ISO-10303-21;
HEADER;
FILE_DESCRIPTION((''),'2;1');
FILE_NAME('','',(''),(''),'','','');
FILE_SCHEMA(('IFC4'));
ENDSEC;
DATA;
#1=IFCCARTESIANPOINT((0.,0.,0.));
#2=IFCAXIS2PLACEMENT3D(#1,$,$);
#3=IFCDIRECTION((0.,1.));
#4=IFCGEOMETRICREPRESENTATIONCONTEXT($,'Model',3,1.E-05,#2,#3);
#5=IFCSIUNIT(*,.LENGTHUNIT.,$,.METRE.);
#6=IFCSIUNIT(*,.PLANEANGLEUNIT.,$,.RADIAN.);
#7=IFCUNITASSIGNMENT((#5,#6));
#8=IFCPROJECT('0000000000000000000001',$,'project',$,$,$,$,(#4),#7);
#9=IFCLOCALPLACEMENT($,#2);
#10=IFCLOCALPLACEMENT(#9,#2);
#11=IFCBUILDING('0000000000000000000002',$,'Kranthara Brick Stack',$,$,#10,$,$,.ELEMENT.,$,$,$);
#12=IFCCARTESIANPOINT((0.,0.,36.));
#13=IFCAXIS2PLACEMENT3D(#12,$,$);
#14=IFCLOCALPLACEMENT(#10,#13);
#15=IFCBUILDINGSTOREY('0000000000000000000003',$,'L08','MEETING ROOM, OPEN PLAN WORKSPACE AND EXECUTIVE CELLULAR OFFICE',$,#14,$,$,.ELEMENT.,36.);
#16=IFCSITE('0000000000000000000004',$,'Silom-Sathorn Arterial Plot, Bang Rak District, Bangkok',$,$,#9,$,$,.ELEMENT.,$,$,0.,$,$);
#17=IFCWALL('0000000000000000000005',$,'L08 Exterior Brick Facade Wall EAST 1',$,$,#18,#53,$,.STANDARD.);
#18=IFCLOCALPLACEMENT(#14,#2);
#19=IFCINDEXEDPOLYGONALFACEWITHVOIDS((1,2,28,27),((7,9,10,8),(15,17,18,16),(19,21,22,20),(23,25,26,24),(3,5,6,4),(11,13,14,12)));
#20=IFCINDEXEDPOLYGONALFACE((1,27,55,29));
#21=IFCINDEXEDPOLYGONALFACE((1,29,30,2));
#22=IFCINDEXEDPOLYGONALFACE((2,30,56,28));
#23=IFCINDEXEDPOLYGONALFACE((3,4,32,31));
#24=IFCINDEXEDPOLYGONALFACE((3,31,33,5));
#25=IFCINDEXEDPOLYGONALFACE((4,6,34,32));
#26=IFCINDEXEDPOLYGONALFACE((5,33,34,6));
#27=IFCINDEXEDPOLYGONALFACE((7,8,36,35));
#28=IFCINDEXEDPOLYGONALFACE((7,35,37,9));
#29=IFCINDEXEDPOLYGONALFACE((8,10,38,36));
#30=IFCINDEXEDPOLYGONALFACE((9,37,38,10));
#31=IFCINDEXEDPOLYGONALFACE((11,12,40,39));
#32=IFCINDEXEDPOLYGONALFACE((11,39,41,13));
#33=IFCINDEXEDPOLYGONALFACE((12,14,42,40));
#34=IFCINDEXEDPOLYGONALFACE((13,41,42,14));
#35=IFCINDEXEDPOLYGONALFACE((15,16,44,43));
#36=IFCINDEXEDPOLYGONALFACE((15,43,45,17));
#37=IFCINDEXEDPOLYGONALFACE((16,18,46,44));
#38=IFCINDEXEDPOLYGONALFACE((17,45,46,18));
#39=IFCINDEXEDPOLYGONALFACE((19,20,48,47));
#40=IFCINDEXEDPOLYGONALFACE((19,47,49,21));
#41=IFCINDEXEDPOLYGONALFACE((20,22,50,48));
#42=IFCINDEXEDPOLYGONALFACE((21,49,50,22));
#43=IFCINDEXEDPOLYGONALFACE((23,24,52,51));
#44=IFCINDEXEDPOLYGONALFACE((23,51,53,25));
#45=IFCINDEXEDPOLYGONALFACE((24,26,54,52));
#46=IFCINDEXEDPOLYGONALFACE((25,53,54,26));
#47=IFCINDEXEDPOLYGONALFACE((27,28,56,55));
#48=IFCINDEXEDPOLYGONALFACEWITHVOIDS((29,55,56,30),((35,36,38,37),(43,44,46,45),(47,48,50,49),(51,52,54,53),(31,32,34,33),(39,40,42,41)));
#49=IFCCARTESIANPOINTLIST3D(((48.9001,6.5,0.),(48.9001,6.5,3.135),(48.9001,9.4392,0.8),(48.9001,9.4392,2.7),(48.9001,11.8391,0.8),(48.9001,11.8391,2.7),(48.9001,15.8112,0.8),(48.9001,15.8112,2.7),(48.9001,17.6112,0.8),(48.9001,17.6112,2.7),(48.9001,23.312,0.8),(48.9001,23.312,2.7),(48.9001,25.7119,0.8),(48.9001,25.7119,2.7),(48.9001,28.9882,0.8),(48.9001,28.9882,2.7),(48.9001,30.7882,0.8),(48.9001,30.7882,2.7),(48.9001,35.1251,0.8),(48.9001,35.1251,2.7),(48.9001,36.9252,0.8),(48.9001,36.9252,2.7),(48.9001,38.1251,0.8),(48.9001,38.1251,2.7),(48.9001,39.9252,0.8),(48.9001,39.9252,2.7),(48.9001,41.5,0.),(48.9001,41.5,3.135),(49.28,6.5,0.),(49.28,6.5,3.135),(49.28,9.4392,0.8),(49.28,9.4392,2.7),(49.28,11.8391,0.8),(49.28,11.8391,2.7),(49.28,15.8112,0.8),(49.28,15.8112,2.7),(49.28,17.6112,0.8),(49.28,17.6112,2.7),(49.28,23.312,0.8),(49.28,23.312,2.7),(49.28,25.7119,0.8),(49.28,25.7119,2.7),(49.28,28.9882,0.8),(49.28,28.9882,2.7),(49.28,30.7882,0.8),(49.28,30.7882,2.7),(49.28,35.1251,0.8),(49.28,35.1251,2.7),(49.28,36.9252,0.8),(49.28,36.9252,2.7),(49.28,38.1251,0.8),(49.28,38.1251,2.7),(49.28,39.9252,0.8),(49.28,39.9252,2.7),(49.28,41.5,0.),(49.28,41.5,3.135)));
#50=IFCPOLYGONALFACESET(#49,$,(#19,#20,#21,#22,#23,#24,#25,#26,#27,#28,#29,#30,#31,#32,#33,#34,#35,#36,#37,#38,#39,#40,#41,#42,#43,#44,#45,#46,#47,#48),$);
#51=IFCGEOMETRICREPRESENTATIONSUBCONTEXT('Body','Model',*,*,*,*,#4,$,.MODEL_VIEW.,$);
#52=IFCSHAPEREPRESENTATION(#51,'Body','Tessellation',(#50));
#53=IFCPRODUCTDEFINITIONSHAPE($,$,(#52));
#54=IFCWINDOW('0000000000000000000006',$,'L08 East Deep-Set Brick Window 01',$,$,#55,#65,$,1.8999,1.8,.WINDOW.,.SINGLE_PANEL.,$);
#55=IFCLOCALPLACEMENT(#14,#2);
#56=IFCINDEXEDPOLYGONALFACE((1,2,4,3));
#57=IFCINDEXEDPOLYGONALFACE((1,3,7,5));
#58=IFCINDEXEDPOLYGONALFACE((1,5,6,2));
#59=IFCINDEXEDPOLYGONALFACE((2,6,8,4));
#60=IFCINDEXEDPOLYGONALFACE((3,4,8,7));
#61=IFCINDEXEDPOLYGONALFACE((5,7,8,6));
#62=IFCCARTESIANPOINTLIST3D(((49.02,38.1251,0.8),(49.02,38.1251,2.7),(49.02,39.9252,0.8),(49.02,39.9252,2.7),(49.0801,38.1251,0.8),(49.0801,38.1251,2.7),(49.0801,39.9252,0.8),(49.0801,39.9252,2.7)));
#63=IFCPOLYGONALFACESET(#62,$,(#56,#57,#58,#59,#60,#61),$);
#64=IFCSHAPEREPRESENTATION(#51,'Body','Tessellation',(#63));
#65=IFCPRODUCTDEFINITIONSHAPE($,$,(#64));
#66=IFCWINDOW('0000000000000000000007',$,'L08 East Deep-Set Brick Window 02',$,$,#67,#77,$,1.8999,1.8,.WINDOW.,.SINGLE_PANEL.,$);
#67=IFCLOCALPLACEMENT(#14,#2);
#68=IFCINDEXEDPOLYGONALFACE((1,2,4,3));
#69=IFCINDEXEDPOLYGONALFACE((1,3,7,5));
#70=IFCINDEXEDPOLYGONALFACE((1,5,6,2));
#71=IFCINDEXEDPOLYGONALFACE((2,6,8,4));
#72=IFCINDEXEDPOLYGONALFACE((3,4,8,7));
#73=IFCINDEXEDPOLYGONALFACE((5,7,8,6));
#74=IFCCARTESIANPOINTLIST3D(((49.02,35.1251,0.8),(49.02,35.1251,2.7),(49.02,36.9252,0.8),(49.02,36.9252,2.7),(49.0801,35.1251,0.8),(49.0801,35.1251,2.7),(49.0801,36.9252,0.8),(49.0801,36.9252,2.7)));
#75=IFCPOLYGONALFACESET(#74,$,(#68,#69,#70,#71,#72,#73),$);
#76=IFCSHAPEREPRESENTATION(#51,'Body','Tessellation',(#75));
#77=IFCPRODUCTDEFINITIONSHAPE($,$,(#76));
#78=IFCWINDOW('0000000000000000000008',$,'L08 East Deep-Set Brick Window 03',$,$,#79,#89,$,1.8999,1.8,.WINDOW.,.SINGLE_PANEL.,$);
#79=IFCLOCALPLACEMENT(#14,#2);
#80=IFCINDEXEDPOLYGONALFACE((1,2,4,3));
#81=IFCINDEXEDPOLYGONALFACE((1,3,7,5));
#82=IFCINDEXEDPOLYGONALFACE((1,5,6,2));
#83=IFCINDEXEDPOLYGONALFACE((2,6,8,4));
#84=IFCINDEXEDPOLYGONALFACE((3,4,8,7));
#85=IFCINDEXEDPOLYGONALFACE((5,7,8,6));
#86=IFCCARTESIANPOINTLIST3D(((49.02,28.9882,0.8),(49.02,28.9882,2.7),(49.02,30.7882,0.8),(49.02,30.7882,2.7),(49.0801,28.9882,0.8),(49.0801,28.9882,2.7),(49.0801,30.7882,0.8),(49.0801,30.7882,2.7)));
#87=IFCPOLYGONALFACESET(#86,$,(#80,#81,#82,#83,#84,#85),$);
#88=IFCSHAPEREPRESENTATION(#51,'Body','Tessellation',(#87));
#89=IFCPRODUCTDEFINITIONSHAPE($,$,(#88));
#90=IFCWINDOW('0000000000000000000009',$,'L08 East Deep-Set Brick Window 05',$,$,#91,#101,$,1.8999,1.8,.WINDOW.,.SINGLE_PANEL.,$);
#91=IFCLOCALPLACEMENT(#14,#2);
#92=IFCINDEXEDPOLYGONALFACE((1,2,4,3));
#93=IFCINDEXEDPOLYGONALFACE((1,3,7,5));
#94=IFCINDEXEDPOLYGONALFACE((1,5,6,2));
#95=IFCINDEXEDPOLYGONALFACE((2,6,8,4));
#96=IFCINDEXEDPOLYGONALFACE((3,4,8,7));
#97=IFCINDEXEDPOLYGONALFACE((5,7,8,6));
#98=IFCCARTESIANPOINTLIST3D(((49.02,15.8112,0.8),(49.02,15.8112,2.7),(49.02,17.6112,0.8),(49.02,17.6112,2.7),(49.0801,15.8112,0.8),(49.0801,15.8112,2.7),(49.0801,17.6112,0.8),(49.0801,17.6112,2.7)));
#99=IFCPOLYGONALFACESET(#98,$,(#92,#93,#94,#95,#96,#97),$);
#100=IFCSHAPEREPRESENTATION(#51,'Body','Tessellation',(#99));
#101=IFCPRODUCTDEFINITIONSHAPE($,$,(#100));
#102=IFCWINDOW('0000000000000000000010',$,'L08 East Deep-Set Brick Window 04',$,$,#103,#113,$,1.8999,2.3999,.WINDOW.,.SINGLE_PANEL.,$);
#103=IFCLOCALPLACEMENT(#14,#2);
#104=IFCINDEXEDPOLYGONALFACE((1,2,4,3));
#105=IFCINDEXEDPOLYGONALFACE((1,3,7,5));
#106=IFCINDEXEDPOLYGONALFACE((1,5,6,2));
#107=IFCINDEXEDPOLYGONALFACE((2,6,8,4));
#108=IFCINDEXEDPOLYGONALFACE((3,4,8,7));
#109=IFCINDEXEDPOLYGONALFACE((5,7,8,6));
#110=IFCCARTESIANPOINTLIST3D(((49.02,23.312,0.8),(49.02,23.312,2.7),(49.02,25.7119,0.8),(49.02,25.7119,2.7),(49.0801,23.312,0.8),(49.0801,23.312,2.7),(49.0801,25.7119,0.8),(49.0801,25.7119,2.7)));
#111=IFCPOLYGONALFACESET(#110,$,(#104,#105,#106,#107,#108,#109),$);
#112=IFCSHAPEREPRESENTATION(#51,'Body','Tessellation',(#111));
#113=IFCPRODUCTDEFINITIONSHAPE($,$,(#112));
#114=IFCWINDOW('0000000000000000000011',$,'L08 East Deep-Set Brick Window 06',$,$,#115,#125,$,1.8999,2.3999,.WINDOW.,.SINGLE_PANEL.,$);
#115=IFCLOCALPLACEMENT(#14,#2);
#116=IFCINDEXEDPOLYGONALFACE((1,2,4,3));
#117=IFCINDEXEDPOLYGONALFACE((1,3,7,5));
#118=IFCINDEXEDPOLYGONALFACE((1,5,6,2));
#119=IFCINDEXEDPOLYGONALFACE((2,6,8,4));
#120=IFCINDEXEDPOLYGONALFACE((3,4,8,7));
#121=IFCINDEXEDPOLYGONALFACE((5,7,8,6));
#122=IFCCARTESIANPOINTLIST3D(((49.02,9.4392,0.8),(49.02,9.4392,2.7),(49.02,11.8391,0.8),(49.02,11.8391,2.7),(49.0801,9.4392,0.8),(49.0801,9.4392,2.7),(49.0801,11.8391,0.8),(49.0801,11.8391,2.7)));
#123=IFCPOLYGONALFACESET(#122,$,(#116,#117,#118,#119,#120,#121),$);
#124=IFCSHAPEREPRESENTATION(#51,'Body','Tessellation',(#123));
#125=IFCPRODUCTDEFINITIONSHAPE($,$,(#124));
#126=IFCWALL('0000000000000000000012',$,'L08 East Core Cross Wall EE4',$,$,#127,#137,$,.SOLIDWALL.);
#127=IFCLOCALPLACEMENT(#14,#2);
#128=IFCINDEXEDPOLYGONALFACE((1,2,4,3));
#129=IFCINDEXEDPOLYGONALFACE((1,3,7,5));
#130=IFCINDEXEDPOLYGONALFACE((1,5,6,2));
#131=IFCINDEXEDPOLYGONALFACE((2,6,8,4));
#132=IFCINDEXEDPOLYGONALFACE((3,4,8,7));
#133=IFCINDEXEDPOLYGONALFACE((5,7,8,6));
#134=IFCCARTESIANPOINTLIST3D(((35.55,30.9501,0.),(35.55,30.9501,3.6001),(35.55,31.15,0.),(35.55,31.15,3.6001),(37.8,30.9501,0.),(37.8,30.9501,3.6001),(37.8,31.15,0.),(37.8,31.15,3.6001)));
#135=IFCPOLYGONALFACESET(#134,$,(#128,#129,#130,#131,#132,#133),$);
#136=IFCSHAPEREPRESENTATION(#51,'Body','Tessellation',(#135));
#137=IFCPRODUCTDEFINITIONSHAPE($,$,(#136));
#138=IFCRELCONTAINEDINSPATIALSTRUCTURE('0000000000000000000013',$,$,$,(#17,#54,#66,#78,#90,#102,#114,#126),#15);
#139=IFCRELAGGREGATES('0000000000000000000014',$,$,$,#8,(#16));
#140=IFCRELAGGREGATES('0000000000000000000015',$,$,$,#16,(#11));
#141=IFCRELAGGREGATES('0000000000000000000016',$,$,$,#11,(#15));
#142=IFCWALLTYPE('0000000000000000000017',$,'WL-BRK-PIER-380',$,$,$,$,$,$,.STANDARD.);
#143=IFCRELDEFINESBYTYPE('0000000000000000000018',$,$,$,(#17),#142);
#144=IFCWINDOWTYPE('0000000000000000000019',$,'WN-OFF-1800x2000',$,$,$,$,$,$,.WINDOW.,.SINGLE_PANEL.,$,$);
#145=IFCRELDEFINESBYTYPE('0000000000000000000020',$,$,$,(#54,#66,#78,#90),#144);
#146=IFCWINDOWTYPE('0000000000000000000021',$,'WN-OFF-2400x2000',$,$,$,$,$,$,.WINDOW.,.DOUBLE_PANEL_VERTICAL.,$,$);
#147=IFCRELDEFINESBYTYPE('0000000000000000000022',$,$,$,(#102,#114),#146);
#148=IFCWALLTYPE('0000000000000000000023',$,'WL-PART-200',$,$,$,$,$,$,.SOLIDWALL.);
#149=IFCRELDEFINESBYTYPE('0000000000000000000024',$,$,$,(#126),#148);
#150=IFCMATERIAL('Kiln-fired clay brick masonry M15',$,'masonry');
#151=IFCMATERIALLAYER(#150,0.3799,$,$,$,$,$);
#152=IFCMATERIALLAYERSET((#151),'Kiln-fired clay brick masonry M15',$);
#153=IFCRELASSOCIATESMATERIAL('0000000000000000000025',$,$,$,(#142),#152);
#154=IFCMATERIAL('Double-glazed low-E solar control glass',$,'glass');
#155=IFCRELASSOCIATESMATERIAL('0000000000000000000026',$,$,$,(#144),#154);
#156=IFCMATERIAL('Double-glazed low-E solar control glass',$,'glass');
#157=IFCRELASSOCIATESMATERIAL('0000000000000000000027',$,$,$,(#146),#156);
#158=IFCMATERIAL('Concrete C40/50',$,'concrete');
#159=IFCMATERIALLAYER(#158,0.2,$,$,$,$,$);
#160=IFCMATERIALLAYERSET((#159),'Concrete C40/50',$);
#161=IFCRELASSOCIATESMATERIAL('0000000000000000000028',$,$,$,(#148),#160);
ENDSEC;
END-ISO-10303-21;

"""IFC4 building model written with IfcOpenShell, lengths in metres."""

from ifc_helpers import new_model, si_unit, direction, frame, frame_2d, origin, place, context, subcontext, project, spatial, rectangle, extrude, material, layer, layer_set, type_object, element, fill, save


model = new_model("IFC4")

# Units and contexts
model_context = context("Model", 3, precision=1e-05, world=origin(), true_north=direction((0.0, 1.0)))
body_context = subcontext(model_context, "Body", "Model", "MODEL_VIEW")
ifc_project = project(units=[si_unit("LENGTHUNIT", "METRE"), si_unit("PLANEANGLEUNIT", "RADIAN")], contexts=[model_context])

# Site, building, storey
site_placement = place(None, origin())
site = spatial("IfcSite", under=ifc_project, at=site_placement, Name="Silom-Sathorn Arterial Plot, Bang Rak District, Bangkok", CompositionType="ELEMENT", RefElevation=0.0)
building_placement = place(site_placement, origin())
building = spatial("IfcBuilding", under=site, at=building_placement, Name="Kranthara Brick Stack", CompositionType="ELEMENT")
storey_placement = place(building_placement, frame((0.0, 0.0, 36.0)))
storey = spatial("IfcBuildingStorey", under=building, at=storey_placement, Name="L08", Description="MEETING ROOM, OPEN PLAN WORKSPACE AND EXECUTIVE CELLULAR OFFICE", CompositionType="ELEMENT", Elevation=36.0)

# Shared definitions
ifc_material_1 = material(Name="Kiln-fired clay brick masonry M15", Category="masonry")
ifc_layer_1 = layer(ifc_material_1, 0.3799)
ifc_layer_set_1 = layer_set([ifc_layer_1], Name="Kiln-fired clay brick masonry M15")
wall_type_1 = type_object("IfcWallType", Name="WL-BRK-PIER-380", PredefinedType="STANDARD", material=ifc_layer_set_1)

# Wall, openings, windows
wall_1_placement = place(storey_placement, frame((49.0901, 41.5, 0.0), z_axis=(0.0, 0.0, 1.0), x_axis=(0.0, -1.0, 0.0)))
wall_1 = element("IfcWall", 1, at=wall_1_placement, inside=storey, type_object=wall_type_1, Name="L08 Exterior Brick Facade Wall EAST 1", PredefinedType="STANDARD", context=body_context, shape_type="SweptSolid", body=[
    extrude(rectangle(XDim=35.0, YDim=0.3799, at=frame_2d((17.5, 0.0))), origin(), (0.0, 0.0, 1.0), 3.135),
])
opening_1_placement = place(wall_1_placement, frame((1.575, 0.0, 0.8)))
opening_1 = element("IfcOpeningElement", 2, at=opening_1_placement, cuts=wall_1, PredefinedType="OPENING", context=body_context, shape_type="SweptSolid", body=[
    extrude(rectangle(XDim=1.8, YDim=1.8999, at=frame_2d((0.8999, 0.95))), frame((0.0, 0.2, 0.0), z_axis=(0.0, -1.0, 0.0), x_axis=(1.0, 0.0, 0.0)), (0.0, 0.0, 1.0), 0.3999),
])
opening_2_placement = place(wall_1_placement, frame((4.575, 0.0, 0.8)))
opening_2 = element("IfcOpeningElement", 3, at=opening_2_placement, cuts=wall_1, PredefinedType="OPENING", context=body_context, shape_type="SweptSolid", body=[
    extrude(rectangle(XDim=1.8, YDim=1.8999, at=frame_2d((0.8999, 0.95))), frame((0.0, 0.2, 0.0), z_axis=(0.0, -1.0, 0.0), x_axis=(1.0, 0.0, 0.0)), (0.0, 0.0, 1.0), 0.3999),
])
opening_3_placement = place(wall_1_placement, frame((10.7119, 0.0, 0.8)))
opening_3 = element("IfcOpeningElement", 4, at=opening_3_placement, cuts=wall_1, PredefinedType="OPENING", context=body_context, shape_type="SweptSolid", body=[
    extrude(rectangle(XDim=1.8, YDim=1.8999, at=frame_2d((0.8999, 0.95))), frame((0.0, 0.2, 0.0), z_axis=(0.0, -1.0, 0.0), x_axis=(1.0, 0.0, 0.0)), (0.0, 0.0, 1.0), 0.3999),
])
opening_4_placement = place(wall_1_placement, frame((15.7881, 0.0, 0.8)))
opening_4 = element("IfcOpeningElement", 5, at=opening_4_placement, cuts=wall_1, PredefinedType="OPENING", context=body_context, shape_type="SweptSolid", body=[
    extrude(rectangle(XDim=2.3999, YDim=1.8999, at=frame_2d((1.2, 0.95))), frame((0.0, 0.2, 0.0), z_axis=(0.0, -1.0, 0.0), x_axis=(1.0, 0.0, 0.0)), (0.0, 0.0, 1.0), 0.3999),
])
opening_5_placement = place(wall_1_placement, frame((23.8889, 0.0, 0.8)))
opening_5 = element("IfcOpeningElement", 6, at=opening_5_placement, cuts=wall_1, PredefinedType="OPENING", context=body_context, shape_type="SweptSolid", body=[
    extrude(rectangle(XDim=1.8, YDim=1.8999, at=frame_2d((0.8999, 0.95))), frame((0.0, 0.2, 0.0), z_axis=(0.0, -1.0, 0.0), x_axis=(1.0, 0.0, 0.0)), (0.0, 0.0, 1.0), 0.3999),
])
opening_6_placement = place(wall_1_placement, frame((29.6609, 0.0, 0.8)))
opening_6 = element("IfcOpeningElement", 7, at=opening_6_placement, cuts=wall_1, PredefinedType="OPENING", context=body_context, shape_type="SweptSolid", body=[
    extrude(rectangle(XDim=2.3999, YDim=1.8999, at=frame_2d((1.2, 0.95))), frame((0.0, 0.2, 0.0), z_axis=(0.0, -1.0, 0.0), x_axis=(1.0, 0.0, 0.0)), (0.0, 0.0, 1.0), 0.3999),
])
ifc_material_2 = material(Name="Double-glazed low-E solar control glass", Category="glass")
window_type_1 = type_object("IfcWindowType", Name="WN-OFF-1800x2000", PartitioningType="SINGLE_PANEL", PredefinedType="WINDOW", material=ifc_material_2)
window_1_placement = place(opening_1_placement, origin())
window_1 = element("IfcWindow", 8, at=window_1_placement, inside=storey, type_object=window_type_1, Name="L08 East Deep-Set Brick Window 01", OverallHeight=1.8999, OverallWidth=1.8, PartitioningType="SINGLE_PANEL", PredefinedType="WINDOW", context=body_context, shape_type="SweptSolid", body=[
    extrude(rectangle(XDim=1.8, YDim=1.8999, at=frame_2d((0.8999, 0.95))), frame((0.0, -0.01, 0.0), z_axis=(0.0, -1.0, 0.0), x_axis=(1.0, 0.0, 0.0)), (0.0, 0.0, 1.0), 0.0601),
])
fill(opening_1, window_1)
window_2_placement = place(opening_2_placement, origin())
window_2 = element("IfcWindow", 9, at=window_2_placement, inside=storey, type_object=window_type_1, Name="L08 East Deep-Set Brick Window 02", OverallHeight=1.8999, OverallWidth=1.8, PartitioningType="SINGLE_PANEL", PredefinedType="WINDOW", context=body_context, shape_type="SweptSolid", body=[
    extrude(rectangle(XDim=1.8, YDim=1.8999, at=frame_2d((0.8999, 0.95))), frame((0.0, -0.01, 0.0), z_axis=(0.0, -1.0, 0.0), x_axis=(1.0, 0.0, 0.0)), (0.0, 0.0, 1.0), 0.0601),
])
fill(opening_2, window_2)
window_3_placement = place(opening_3_placement, origin())
window_3 = element("IfcWindow", 10, at=window_3_placement, inside=storey, type_object=window_type_1, Name="L08 East Deep-Set Brick Window 03", OverallHeight=1.8999, OverallWidth=1.8, PartitioningType="SINGLE_PANEL", PredefinedType="WINDOW", context=body_context, shape_type="SweptSolid", body=[
    extrude(rectangle(XDim=1.8, YDim=1.8999, at=frame_2d((0.8999, 0.95))), frame((0.0, -0.01, 0.0), z_axis=(0.0, -1.0, 0.0), x_axis=(1.0, 0.0, 0.0)), (0.0, 0.0, 1.0), 0.0601),
])
fill(opening_3, window_3)
window_4_placement = place(opening_5_placement, origin())
window_4 = element("IfcWindow", 11, at=window_4_placement, inside=storey, type_object=window_type_1, Name="L08 East Deep-Set Brick Window 05", OverallHeight=1.8999, OverallWidth=1.8, PartitioningType="SINGLE_PANEL", PredefinedType="WINDOW", context=body_context, shape_type="SweptSolid", body=[
    extrude(rectangle(XDim=1.8, YDim=1.8999, at=frame_2d((0.8999, 0.95))), frame((0.0, -0.01, 0.0), z_axis=(0.0, -1.0, 0.0), x_axis=(1.0, 0.0, 0.0)), (0.0, 0.0, 1.0), 0.0601),
])
fill(opening_5, window_4)
ifc_material_3 = material(Name="Double-glazed low-E solar control glass", Category="glass")
window_type_2 = type_object("IfcWindowType", Name="WN-OFF-2400x2000", PartitioningType="DOUBLE_PANEL_VERTICAL", PredefinedType="WINDOW", material=ifc_material_3)
window_5_placement = place(opening_4_placement, origin())
window_5 = element("IfcWindow", 12, at=window_5_placement, inside=storey, type_object=window_type_2, Name="L08 East Deep-Set Brick Window 04", OverallHeight=1.8999, OverallWidth=2.3999, PartitioningType="SINGLE_PANEL", PredefinedType="WINDOW", context=body_context, shape_type="SweptSolid", body=[
    extrude(rectangle(XDim=2.3999, YDim=1.8999, at=frame_2d((1.2, 0.95))), frame((0.0, -0.01, 0.0), z_axis=(0.0, -1.0, 0.0), x_axis=(1.0, 0.0, 0.0)), (0.0, 0.0, 1.0), 0.0601),
])
fill(opening_4, window_5)
window_6_placement = place(opening_6_placement, origin())
window_6 = element("IfcWindow", 13, at=window_6_placement, inside=storey, type_object=window_type_2, Name="L08 East Deep-Set Brick Window 06", OverallHeight=1.8999, OverallWidth=2.3999, PartitioningType="SINGLE_PANEL", PredefinedType="WINDOW", context=body_context, shape_type="SweptSolid", body=[
    extrude(rectangle(XDim=2.3999, YDim=1.8999, at=frame_2d((1.2, 0.95))), frame((0.0, -0.01, 0.0), z_axis=(0.0, -1.0, 0.0), x_axis=(1.0, 0.0, 0.0)), (0.0, 0.0, 1.0), 0.0601),
])
fill(opening_6, window_6)

# Wall
ifc_material_4 = material(Name="Concrete C40/50", Category="concrete")
ifc_layer_2 = layer(ifc_material_4, 0.2)
ifc_layer_set_2 = layer_set([ifc_layer_2], Name="Concrete C40/50")
wall_type_2 = type_object("IfcWallType", Name="WL-PART-200", PredefinedType="SOLIDWALL", material=ifc_layer_set_2)
wall_2_placement = place(storey_placement, frame((35.55, 31.05, 0.0), z_axis=(0.0, 0.0, 1.0), x_axis=(1.0, 0.0, 0.0)))
element("IfcWall", 14, at=wall_2_placement, inside=storey, type_object=wall_type_2, Name="L08 East Core Cross Wall EE4", PredefinedType="SOLIDWALL", context=body_context, shape_type="SweptSolid", body=[
    extrude(rectangle(XDim=2.25, YDim=0.2, at=frame_2d((1.125, 0.0))), origin(), (0.0, 0.0, 1.0), 3.6001),
])

save(model, "model.ifc")
